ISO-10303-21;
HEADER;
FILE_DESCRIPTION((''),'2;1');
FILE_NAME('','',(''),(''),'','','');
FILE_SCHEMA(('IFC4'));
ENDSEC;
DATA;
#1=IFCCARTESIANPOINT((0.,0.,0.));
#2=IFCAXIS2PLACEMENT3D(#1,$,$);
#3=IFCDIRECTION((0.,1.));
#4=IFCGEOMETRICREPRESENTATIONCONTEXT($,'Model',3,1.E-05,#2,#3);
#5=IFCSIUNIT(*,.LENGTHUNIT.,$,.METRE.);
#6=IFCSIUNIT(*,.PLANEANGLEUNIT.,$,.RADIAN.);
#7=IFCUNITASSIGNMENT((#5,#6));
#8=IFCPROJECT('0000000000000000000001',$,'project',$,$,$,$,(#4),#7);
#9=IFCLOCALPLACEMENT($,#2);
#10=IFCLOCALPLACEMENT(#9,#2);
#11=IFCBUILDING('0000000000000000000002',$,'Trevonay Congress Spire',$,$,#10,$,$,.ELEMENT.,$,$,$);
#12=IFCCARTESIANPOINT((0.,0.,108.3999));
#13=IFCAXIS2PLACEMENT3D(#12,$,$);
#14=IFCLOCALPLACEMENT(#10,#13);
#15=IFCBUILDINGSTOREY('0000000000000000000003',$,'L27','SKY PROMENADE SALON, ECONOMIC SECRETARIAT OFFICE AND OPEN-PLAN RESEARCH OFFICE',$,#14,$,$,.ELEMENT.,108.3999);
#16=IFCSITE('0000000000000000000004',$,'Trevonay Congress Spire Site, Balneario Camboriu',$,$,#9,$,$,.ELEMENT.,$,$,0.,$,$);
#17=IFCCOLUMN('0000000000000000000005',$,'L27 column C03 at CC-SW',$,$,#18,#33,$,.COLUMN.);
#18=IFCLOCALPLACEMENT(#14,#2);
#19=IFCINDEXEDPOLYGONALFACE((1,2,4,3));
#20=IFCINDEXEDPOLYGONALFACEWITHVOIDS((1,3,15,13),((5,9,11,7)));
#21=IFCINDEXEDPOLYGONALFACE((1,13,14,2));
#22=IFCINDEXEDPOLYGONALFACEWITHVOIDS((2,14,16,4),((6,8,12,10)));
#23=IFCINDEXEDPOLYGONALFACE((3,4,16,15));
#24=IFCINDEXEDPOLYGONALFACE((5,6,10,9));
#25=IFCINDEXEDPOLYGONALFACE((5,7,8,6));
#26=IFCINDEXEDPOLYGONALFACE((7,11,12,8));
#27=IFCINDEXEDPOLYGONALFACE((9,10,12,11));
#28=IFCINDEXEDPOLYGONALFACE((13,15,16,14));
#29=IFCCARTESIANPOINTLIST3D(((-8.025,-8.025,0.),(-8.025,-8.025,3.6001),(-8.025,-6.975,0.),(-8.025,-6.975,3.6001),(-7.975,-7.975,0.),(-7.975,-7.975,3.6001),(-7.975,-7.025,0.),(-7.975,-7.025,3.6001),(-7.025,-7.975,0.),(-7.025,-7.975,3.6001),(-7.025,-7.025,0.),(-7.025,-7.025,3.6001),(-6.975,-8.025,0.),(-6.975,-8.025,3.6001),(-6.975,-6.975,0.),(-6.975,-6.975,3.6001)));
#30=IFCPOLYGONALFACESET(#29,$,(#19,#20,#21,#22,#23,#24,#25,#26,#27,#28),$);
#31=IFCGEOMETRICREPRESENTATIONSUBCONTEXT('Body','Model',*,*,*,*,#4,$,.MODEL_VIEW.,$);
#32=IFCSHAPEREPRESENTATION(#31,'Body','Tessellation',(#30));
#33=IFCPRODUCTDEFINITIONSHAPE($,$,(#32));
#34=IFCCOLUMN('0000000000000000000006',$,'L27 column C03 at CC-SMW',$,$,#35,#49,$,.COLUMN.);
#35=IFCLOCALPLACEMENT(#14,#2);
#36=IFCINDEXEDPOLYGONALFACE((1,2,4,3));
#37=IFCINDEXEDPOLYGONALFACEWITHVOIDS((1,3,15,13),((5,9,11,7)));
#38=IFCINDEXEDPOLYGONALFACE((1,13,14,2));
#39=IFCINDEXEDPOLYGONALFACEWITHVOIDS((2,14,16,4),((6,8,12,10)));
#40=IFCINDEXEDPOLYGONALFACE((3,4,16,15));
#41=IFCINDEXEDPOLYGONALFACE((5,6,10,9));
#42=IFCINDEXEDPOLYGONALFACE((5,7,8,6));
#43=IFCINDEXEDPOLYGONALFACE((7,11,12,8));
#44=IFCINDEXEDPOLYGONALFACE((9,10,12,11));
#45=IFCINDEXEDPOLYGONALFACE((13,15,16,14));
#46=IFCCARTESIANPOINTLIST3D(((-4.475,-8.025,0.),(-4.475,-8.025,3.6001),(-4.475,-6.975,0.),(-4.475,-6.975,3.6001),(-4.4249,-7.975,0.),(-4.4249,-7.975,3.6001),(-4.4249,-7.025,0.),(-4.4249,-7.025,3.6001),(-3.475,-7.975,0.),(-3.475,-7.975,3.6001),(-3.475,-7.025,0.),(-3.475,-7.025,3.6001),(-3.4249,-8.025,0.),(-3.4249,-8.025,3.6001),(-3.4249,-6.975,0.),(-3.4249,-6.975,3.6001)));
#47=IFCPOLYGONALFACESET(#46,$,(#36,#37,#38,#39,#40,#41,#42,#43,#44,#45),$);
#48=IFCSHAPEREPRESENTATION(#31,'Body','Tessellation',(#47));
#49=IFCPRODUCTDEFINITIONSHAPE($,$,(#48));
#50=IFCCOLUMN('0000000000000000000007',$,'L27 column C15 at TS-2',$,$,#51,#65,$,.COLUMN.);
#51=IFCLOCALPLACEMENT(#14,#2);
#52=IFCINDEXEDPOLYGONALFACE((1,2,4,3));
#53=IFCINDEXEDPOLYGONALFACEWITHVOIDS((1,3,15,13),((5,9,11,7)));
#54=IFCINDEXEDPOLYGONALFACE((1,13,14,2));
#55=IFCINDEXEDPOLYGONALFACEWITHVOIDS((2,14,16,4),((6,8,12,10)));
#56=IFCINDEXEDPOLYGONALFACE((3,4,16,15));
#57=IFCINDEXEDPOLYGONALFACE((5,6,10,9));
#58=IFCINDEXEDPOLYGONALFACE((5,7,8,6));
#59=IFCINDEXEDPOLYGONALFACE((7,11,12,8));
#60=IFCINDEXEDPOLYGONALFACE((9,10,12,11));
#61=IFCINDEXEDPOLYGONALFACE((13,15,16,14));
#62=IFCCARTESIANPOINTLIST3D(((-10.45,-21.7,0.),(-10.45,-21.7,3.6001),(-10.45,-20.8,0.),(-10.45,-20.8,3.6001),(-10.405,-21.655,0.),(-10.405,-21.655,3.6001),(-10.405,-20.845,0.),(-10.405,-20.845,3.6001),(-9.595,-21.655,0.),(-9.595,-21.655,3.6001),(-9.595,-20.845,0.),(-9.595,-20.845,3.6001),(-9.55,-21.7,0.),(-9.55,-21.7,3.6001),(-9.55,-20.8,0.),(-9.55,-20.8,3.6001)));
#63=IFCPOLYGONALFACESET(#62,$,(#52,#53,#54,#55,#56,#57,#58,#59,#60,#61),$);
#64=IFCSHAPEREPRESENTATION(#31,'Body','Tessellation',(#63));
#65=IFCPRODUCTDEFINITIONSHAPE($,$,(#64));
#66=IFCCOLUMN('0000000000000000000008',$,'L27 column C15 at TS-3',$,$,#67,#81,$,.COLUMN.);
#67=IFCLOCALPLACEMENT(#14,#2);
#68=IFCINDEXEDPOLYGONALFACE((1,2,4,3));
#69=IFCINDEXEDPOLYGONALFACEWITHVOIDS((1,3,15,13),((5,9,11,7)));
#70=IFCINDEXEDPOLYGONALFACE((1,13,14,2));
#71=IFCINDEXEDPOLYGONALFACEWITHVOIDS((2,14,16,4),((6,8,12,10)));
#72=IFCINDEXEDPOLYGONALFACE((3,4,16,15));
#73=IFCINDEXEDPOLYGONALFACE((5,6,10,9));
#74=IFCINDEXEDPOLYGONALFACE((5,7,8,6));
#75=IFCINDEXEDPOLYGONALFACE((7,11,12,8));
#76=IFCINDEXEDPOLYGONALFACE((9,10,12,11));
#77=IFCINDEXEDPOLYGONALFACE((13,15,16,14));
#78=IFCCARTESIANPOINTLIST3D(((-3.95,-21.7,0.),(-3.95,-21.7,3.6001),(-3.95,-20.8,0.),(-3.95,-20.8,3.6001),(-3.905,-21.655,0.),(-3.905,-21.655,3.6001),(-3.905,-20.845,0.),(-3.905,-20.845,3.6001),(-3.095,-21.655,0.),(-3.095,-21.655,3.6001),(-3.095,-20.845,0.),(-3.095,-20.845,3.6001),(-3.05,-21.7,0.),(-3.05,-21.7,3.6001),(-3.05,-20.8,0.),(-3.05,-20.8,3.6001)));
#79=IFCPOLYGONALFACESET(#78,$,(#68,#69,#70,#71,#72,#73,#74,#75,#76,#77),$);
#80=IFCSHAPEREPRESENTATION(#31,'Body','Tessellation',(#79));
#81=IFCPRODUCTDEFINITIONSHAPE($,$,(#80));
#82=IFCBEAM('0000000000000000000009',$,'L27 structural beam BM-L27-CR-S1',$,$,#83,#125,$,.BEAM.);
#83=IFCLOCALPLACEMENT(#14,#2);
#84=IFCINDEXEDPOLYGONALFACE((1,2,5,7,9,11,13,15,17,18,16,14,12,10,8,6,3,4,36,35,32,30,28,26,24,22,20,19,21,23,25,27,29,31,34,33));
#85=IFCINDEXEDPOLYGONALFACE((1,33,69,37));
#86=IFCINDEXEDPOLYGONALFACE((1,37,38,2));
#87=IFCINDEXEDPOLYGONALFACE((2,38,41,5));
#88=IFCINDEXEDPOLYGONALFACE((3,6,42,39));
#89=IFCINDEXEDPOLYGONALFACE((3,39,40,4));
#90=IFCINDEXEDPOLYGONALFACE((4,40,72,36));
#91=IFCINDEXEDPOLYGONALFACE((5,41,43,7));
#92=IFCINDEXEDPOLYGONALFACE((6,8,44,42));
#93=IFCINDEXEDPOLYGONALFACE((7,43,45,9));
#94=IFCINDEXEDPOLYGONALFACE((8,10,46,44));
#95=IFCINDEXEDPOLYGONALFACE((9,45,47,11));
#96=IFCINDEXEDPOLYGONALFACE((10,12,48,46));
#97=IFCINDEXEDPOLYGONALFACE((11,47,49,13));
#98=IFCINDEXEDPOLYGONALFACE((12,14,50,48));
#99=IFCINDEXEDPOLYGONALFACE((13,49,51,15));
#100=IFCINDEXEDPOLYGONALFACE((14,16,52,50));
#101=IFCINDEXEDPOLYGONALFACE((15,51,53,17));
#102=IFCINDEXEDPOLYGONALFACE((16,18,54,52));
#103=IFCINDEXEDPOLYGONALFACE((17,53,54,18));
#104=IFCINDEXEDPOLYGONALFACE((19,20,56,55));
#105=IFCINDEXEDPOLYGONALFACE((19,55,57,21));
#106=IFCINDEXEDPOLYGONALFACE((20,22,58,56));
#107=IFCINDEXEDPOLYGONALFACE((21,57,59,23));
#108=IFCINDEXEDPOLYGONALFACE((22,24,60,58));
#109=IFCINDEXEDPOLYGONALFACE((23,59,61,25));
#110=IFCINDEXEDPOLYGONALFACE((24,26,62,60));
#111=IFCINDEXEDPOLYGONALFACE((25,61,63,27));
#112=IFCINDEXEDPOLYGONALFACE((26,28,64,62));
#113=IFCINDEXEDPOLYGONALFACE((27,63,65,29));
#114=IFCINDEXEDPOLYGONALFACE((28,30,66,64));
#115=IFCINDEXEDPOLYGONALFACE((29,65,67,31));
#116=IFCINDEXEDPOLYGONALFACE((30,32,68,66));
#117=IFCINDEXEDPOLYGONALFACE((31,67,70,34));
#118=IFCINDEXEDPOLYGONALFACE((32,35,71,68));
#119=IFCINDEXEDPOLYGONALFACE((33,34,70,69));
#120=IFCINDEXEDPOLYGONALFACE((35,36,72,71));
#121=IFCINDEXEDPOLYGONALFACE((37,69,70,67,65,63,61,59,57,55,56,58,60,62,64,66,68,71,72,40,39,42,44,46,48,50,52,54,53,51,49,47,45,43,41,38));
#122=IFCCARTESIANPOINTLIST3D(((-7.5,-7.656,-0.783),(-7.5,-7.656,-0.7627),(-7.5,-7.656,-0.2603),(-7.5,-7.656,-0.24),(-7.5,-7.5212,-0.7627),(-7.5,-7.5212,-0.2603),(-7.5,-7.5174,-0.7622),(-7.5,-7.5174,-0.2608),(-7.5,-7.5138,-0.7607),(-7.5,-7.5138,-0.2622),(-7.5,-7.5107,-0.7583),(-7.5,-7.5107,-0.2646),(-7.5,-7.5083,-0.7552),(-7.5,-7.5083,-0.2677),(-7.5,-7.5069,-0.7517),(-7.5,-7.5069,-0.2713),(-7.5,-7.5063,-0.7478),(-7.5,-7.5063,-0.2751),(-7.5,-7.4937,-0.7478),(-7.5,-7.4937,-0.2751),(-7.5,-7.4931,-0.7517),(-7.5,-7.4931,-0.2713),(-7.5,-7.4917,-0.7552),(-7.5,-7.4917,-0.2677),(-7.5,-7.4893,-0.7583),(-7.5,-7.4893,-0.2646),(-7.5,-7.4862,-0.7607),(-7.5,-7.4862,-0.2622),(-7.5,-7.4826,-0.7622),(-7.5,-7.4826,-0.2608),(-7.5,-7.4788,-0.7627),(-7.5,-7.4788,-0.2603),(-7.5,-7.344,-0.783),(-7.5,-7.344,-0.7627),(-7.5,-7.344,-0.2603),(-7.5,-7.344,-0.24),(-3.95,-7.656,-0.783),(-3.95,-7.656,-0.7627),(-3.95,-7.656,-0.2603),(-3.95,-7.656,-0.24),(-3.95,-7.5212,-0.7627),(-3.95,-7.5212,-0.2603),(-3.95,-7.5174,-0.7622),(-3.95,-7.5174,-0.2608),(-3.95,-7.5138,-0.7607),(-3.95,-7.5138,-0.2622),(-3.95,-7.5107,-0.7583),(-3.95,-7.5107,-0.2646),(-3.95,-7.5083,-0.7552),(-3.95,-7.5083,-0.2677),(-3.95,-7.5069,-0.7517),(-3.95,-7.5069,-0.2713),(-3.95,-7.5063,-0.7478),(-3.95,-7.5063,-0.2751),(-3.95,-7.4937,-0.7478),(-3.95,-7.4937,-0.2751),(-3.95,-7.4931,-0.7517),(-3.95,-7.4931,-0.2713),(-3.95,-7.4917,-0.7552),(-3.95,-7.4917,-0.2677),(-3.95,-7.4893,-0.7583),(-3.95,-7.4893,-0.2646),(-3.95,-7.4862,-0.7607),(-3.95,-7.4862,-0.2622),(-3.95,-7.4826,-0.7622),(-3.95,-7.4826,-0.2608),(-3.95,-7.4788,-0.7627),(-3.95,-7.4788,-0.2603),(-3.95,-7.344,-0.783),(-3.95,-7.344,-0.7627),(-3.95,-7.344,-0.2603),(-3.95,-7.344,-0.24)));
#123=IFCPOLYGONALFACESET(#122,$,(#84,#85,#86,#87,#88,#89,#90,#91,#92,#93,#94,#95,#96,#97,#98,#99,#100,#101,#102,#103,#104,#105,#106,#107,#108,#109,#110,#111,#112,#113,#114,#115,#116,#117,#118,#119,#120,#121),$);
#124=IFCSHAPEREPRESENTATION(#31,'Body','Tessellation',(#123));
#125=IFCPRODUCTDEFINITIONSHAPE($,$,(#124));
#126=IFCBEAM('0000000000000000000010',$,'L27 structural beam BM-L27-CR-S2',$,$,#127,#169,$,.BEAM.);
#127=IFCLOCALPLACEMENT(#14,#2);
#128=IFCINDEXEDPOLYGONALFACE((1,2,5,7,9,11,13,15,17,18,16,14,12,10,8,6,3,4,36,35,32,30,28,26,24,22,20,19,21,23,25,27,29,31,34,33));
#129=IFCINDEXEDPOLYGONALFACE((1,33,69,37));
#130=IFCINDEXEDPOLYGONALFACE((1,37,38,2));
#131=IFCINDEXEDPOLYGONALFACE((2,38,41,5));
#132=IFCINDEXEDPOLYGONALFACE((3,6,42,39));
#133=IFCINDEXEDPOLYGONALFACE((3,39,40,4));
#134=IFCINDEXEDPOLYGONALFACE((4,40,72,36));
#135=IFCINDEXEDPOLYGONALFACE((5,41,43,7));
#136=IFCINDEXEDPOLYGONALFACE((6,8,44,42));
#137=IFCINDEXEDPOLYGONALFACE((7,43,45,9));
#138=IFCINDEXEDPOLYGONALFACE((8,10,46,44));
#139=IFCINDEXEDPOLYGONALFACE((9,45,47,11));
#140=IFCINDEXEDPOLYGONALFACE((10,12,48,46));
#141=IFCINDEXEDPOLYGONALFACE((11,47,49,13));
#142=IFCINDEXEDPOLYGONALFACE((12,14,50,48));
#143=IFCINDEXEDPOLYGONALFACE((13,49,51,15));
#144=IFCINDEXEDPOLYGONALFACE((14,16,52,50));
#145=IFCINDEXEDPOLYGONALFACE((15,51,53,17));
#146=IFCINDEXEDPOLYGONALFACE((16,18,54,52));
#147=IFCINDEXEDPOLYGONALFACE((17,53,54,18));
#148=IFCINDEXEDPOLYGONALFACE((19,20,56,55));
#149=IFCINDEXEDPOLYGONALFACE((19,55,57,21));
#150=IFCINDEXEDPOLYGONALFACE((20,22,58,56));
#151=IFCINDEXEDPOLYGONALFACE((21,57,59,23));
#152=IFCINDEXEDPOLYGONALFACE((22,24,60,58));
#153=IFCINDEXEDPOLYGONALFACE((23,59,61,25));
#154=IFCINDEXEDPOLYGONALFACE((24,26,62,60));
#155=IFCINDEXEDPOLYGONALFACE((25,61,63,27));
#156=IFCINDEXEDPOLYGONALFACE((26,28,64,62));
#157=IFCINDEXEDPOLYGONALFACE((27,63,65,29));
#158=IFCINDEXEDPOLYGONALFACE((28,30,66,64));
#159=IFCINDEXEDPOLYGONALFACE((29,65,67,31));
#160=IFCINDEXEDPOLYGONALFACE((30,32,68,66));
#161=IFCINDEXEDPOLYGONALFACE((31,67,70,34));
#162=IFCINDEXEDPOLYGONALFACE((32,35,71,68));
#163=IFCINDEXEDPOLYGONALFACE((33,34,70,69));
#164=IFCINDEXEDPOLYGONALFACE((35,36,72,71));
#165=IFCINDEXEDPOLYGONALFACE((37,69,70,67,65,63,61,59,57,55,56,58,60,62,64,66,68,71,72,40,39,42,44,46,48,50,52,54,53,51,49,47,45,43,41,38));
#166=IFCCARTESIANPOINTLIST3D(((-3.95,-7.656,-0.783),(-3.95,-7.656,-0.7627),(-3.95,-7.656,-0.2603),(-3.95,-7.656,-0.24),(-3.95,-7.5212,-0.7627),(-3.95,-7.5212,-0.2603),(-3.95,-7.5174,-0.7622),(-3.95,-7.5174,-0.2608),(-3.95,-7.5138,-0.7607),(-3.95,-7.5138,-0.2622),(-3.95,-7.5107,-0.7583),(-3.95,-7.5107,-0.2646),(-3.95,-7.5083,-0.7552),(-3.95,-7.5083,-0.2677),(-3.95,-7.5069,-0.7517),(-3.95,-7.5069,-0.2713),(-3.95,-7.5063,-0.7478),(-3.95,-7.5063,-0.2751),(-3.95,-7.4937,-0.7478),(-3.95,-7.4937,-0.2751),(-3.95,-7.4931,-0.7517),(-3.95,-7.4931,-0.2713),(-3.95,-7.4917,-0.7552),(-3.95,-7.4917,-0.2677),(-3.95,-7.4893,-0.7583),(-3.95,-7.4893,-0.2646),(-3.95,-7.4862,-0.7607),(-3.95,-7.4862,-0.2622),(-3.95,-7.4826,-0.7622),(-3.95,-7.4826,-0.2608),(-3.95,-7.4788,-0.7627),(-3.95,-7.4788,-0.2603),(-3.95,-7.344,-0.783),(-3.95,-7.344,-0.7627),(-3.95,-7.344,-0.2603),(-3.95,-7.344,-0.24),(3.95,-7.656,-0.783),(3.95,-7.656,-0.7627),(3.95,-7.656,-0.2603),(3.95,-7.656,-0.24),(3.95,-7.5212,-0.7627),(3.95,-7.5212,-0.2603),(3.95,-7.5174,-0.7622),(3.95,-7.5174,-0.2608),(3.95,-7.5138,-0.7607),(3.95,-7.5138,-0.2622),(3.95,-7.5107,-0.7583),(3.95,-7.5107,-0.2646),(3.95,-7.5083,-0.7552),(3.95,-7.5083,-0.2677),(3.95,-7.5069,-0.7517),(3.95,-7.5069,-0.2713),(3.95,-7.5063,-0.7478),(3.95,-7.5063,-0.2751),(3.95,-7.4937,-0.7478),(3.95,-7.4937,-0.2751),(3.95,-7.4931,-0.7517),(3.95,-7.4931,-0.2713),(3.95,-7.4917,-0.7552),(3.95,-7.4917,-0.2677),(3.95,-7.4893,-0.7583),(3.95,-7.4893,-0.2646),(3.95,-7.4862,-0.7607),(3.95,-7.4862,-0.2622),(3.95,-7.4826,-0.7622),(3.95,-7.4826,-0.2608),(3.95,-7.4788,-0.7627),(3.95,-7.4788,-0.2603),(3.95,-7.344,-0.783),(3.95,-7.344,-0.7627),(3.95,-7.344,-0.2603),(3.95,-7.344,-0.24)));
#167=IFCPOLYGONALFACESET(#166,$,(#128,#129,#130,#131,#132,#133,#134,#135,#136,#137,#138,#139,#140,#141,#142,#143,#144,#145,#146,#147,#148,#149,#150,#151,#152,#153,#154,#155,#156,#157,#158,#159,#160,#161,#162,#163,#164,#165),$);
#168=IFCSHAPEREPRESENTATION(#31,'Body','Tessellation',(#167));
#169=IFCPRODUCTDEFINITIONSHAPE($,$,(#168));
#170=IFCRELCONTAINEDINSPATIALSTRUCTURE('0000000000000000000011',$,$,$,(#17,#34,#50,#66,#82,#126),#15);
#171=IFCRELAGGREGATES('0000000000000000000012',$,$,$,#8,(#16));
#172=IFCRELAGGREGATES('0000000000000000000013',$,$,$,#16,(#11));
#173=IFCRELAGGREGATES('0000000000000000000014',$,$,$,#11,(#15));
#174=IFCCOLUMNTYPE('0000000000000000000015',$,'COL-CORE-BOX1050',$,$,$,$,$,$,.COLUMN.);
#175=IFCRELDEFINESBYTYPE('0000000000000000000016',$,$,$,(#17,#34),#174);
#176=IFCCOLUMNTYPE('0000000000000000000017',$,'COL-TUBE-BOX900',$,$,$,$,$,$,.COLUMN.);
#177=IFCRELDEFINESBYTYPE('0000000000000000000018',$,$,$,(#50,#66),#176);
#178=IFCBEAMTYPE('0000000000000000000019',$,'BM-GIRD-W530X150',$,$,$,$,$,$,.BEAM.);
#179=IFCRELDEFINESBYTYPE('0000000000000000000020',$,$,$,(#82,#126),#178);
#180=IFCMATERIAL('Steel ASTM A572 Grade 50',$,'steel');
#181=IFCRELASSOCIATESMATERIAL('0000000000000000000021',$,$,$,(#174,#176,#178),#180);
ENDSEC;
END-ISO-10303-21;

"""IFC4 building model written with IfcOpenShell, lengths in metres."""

from ifc_helpers import new_model, si_unit, direction, frame, origin, origin_2d, place, context, subcontext, project, spatial, hollow_rectangle, i_section, extrude, material, material_profile, profile_set, type_object, element, save


model = new_model("IFC4")

# Units and contexts
model_context = context("Model", 3, precision=1e-05, world=origin(), true_north=direction((0.0, 1.0)))
body_context = subcontext(model_context, "Body", "Model", "MODEL_VIEW")
ifc_project = project(units=[si_unit("LENGTHUNIT", "METRE"), si_unit("PLANEANGLEUNIT", "RADIAN")], contexts=[model_context])

# Site, building, storey
site_placement = place(None, origin())
site = spatial("IfcSite", under=ifc_project, at=site_placement, Name="Trevonay Congress Spire Site, Balneario Camboriu", CompositionType="ELEMENT", RefElevation=0.0)
building_placement = place(site_placement, origin())
building = spatial("IfcBuilding", under=site, at=building_placement, Name="Trevonay Congress Spire", CompositionType="ELEMENT")
storey_placement = place(building_placement, frame((0.0, 0.0, 108.3999)))
storey = spatial("IfcBuildingStorey", under=building, at=storey_placement, Name="L27", Description="SKY PROMENADE SALON, ECONOMIC SECRETARIAT OFFICE AND OPEN-PLAN RESEARCH OFFICE", CompositionType="ELEMENT", Elevation=108.3999)

# Columns
ifc_material_1 = material(Name="Steel ASTM A572 Grade 50", Category="steel")
ifc_material_profile_1 = material_profile(ifc_material_1, hollow_rectangle(XDim=1.05, YDim=1.05, WallThickness=0.05, at=origin_2d()), Name="BOX 1050x1050x50")
ifc_profile_set_1 = profile_set([ifc_material_profile_1], Name="Steel ASTM A572 Grade 50")
column_type_1 = type_object("IfcColumnType", Name="COL-CORE-BOX1050", PredefinedType="COLUMN", material=ifc_profile_set_1)
for number, where, z_axis, x_axis, name in (
    (1, (-7.5, -7.5, 0.0), (0.0, 0.0, 1.0), (1.0, 0.0, 0.0), "L27 column C03 at CC-SW"),
    (2, (-3.95, -7.5, 0.0), (0.0, 0.0, 1.0), (1.0, 0.0, 0.0), "L27 column C03 at CC-SMW"),
):
    element("IfcColumn", number, at=place(storey_placement, frame(where, z_axis=z_axis, x_axis=x_axis)), inside=storey, type_object=column_type_1, Name=name, PredefinedType="COLUMN", context=body_context, shape_type="SweptSolid", body=[
        extrude(hollow_rectangle(XDim=1.05, YDim=1.05, WallThickness=0.05, at=origin_2d()), origin(), (0.0, 0.0, 1.0), 3.6001),
    ])
ifc_material_profile_2 = material_profile(ifc_material_1, hollow_rectangle(XDim=0.8999, YDim=0.8999, WallThickness=0.0449, at=origin_2d()), Name="BOX 900x900x45")
ifc_profile_set_2 = profile_set([ifc_material_profile_2], Name="Steel ASTM A572 Grade 50")
column_type_2 = type_object("IfcColumnType", Name="COL-TUBE-BOX900", PredefinedType="COLUMN", material=ifc_profile_set_2)
for number, where, z_axis, x_axis, name in (
    (3, (-10.0, -21.25, 0.0), (0.0, 0.0, 1.0), (1.0, 0.0, 0.0), "L27 column C15 at TS-2"),
    (4, (-3.5, -21.25, 0.0), (0.0, 0.0, 1.0), (1.0, 0.0, 0.0), "L27 column C15 at TS-3"),
):
    element("IfcColumn", number, at=place(storey_placement, frame(where, z_axis=z_axis, x_axis=x_axis)), inside=storey, type_object=column_type_2, Name=name, PredefinedType="COLUMN", context=body_context, shape_type="SweptSolid", body=[
        extrude(hollow_rectangle(XDim=0.8999, YDim=0.8999, WallThickness=0.0449, at=origin_2d()), origin(), (0.0, 0.0, 1.0), 3.6001),
    ])

# Beams
ifc_material_profile_3 = material_profile(ifc_material_1, i_section(OverallWidth=0.312, OverallDepth=0.543, WebThickness=0.0127, FlangeThickness=0.0203, FilletRadius=0.0149, at=origin_2d()), Name="W530x150")
ifc_profile_set_3 = profile_set([ifc_material_profile_3], Name="Steel ASTM A572 Grade 50")
beam_type_1 = type_object("IfcBeamType", Name="BM-GIRD-W530X150", PredefinedType="BEAM", material=ifc_profile_set_3)
beam_1_placement = place(storey_placement, frame((-7.5, -7.5, -0.5115), z_axis=(1.0, 0.0, 0.0), x_axis=(0.0, 1.0, 0.0)))
element("IfcBeam", 5, at=beam_1_placement, inside=storey, type_object=beam_type_1, Name="L27 structural beam BM-L27-CR-S1", PredefinedType="BEAM", context=body_context, shape_type="SweptSolid", body=[
    extrude(i_section(OverallWidth=0.312, OverallDepth=0.543, WebThickness=0.0127, FlangeThickness=0.0203, FilletRadius=0.0149, at=origin_2d()), origin(), (0.0, 0.0, 1.0), 3.55),
])
beam_2_placement = place(storey_placement, frame((-3.95, -7.5, -0.5115), z_axis=(1.0, 0.0, 0.0), x_axis=(0.0, 1.0, 0.0)))
element("IfcBeam", 6, at=beam_2_placement, inside=storey, type_object=beam_type_1, Name="L27 structural beam BM-L27-CR-S2", PredefinedType="BEAM", context=body_context, shape_type="SweptSolid", body=[
    extrude(i_section(OverallWidth=0.312, OverallDepth=0.543, WebThickness=0.0127, FlangeThickness=0.0203, FilletRadius=0.0149, at=origin_2d()), origin(), (0.0, 0.0, 1.0), 7.8999),
])

save(model, "model.ifc")
